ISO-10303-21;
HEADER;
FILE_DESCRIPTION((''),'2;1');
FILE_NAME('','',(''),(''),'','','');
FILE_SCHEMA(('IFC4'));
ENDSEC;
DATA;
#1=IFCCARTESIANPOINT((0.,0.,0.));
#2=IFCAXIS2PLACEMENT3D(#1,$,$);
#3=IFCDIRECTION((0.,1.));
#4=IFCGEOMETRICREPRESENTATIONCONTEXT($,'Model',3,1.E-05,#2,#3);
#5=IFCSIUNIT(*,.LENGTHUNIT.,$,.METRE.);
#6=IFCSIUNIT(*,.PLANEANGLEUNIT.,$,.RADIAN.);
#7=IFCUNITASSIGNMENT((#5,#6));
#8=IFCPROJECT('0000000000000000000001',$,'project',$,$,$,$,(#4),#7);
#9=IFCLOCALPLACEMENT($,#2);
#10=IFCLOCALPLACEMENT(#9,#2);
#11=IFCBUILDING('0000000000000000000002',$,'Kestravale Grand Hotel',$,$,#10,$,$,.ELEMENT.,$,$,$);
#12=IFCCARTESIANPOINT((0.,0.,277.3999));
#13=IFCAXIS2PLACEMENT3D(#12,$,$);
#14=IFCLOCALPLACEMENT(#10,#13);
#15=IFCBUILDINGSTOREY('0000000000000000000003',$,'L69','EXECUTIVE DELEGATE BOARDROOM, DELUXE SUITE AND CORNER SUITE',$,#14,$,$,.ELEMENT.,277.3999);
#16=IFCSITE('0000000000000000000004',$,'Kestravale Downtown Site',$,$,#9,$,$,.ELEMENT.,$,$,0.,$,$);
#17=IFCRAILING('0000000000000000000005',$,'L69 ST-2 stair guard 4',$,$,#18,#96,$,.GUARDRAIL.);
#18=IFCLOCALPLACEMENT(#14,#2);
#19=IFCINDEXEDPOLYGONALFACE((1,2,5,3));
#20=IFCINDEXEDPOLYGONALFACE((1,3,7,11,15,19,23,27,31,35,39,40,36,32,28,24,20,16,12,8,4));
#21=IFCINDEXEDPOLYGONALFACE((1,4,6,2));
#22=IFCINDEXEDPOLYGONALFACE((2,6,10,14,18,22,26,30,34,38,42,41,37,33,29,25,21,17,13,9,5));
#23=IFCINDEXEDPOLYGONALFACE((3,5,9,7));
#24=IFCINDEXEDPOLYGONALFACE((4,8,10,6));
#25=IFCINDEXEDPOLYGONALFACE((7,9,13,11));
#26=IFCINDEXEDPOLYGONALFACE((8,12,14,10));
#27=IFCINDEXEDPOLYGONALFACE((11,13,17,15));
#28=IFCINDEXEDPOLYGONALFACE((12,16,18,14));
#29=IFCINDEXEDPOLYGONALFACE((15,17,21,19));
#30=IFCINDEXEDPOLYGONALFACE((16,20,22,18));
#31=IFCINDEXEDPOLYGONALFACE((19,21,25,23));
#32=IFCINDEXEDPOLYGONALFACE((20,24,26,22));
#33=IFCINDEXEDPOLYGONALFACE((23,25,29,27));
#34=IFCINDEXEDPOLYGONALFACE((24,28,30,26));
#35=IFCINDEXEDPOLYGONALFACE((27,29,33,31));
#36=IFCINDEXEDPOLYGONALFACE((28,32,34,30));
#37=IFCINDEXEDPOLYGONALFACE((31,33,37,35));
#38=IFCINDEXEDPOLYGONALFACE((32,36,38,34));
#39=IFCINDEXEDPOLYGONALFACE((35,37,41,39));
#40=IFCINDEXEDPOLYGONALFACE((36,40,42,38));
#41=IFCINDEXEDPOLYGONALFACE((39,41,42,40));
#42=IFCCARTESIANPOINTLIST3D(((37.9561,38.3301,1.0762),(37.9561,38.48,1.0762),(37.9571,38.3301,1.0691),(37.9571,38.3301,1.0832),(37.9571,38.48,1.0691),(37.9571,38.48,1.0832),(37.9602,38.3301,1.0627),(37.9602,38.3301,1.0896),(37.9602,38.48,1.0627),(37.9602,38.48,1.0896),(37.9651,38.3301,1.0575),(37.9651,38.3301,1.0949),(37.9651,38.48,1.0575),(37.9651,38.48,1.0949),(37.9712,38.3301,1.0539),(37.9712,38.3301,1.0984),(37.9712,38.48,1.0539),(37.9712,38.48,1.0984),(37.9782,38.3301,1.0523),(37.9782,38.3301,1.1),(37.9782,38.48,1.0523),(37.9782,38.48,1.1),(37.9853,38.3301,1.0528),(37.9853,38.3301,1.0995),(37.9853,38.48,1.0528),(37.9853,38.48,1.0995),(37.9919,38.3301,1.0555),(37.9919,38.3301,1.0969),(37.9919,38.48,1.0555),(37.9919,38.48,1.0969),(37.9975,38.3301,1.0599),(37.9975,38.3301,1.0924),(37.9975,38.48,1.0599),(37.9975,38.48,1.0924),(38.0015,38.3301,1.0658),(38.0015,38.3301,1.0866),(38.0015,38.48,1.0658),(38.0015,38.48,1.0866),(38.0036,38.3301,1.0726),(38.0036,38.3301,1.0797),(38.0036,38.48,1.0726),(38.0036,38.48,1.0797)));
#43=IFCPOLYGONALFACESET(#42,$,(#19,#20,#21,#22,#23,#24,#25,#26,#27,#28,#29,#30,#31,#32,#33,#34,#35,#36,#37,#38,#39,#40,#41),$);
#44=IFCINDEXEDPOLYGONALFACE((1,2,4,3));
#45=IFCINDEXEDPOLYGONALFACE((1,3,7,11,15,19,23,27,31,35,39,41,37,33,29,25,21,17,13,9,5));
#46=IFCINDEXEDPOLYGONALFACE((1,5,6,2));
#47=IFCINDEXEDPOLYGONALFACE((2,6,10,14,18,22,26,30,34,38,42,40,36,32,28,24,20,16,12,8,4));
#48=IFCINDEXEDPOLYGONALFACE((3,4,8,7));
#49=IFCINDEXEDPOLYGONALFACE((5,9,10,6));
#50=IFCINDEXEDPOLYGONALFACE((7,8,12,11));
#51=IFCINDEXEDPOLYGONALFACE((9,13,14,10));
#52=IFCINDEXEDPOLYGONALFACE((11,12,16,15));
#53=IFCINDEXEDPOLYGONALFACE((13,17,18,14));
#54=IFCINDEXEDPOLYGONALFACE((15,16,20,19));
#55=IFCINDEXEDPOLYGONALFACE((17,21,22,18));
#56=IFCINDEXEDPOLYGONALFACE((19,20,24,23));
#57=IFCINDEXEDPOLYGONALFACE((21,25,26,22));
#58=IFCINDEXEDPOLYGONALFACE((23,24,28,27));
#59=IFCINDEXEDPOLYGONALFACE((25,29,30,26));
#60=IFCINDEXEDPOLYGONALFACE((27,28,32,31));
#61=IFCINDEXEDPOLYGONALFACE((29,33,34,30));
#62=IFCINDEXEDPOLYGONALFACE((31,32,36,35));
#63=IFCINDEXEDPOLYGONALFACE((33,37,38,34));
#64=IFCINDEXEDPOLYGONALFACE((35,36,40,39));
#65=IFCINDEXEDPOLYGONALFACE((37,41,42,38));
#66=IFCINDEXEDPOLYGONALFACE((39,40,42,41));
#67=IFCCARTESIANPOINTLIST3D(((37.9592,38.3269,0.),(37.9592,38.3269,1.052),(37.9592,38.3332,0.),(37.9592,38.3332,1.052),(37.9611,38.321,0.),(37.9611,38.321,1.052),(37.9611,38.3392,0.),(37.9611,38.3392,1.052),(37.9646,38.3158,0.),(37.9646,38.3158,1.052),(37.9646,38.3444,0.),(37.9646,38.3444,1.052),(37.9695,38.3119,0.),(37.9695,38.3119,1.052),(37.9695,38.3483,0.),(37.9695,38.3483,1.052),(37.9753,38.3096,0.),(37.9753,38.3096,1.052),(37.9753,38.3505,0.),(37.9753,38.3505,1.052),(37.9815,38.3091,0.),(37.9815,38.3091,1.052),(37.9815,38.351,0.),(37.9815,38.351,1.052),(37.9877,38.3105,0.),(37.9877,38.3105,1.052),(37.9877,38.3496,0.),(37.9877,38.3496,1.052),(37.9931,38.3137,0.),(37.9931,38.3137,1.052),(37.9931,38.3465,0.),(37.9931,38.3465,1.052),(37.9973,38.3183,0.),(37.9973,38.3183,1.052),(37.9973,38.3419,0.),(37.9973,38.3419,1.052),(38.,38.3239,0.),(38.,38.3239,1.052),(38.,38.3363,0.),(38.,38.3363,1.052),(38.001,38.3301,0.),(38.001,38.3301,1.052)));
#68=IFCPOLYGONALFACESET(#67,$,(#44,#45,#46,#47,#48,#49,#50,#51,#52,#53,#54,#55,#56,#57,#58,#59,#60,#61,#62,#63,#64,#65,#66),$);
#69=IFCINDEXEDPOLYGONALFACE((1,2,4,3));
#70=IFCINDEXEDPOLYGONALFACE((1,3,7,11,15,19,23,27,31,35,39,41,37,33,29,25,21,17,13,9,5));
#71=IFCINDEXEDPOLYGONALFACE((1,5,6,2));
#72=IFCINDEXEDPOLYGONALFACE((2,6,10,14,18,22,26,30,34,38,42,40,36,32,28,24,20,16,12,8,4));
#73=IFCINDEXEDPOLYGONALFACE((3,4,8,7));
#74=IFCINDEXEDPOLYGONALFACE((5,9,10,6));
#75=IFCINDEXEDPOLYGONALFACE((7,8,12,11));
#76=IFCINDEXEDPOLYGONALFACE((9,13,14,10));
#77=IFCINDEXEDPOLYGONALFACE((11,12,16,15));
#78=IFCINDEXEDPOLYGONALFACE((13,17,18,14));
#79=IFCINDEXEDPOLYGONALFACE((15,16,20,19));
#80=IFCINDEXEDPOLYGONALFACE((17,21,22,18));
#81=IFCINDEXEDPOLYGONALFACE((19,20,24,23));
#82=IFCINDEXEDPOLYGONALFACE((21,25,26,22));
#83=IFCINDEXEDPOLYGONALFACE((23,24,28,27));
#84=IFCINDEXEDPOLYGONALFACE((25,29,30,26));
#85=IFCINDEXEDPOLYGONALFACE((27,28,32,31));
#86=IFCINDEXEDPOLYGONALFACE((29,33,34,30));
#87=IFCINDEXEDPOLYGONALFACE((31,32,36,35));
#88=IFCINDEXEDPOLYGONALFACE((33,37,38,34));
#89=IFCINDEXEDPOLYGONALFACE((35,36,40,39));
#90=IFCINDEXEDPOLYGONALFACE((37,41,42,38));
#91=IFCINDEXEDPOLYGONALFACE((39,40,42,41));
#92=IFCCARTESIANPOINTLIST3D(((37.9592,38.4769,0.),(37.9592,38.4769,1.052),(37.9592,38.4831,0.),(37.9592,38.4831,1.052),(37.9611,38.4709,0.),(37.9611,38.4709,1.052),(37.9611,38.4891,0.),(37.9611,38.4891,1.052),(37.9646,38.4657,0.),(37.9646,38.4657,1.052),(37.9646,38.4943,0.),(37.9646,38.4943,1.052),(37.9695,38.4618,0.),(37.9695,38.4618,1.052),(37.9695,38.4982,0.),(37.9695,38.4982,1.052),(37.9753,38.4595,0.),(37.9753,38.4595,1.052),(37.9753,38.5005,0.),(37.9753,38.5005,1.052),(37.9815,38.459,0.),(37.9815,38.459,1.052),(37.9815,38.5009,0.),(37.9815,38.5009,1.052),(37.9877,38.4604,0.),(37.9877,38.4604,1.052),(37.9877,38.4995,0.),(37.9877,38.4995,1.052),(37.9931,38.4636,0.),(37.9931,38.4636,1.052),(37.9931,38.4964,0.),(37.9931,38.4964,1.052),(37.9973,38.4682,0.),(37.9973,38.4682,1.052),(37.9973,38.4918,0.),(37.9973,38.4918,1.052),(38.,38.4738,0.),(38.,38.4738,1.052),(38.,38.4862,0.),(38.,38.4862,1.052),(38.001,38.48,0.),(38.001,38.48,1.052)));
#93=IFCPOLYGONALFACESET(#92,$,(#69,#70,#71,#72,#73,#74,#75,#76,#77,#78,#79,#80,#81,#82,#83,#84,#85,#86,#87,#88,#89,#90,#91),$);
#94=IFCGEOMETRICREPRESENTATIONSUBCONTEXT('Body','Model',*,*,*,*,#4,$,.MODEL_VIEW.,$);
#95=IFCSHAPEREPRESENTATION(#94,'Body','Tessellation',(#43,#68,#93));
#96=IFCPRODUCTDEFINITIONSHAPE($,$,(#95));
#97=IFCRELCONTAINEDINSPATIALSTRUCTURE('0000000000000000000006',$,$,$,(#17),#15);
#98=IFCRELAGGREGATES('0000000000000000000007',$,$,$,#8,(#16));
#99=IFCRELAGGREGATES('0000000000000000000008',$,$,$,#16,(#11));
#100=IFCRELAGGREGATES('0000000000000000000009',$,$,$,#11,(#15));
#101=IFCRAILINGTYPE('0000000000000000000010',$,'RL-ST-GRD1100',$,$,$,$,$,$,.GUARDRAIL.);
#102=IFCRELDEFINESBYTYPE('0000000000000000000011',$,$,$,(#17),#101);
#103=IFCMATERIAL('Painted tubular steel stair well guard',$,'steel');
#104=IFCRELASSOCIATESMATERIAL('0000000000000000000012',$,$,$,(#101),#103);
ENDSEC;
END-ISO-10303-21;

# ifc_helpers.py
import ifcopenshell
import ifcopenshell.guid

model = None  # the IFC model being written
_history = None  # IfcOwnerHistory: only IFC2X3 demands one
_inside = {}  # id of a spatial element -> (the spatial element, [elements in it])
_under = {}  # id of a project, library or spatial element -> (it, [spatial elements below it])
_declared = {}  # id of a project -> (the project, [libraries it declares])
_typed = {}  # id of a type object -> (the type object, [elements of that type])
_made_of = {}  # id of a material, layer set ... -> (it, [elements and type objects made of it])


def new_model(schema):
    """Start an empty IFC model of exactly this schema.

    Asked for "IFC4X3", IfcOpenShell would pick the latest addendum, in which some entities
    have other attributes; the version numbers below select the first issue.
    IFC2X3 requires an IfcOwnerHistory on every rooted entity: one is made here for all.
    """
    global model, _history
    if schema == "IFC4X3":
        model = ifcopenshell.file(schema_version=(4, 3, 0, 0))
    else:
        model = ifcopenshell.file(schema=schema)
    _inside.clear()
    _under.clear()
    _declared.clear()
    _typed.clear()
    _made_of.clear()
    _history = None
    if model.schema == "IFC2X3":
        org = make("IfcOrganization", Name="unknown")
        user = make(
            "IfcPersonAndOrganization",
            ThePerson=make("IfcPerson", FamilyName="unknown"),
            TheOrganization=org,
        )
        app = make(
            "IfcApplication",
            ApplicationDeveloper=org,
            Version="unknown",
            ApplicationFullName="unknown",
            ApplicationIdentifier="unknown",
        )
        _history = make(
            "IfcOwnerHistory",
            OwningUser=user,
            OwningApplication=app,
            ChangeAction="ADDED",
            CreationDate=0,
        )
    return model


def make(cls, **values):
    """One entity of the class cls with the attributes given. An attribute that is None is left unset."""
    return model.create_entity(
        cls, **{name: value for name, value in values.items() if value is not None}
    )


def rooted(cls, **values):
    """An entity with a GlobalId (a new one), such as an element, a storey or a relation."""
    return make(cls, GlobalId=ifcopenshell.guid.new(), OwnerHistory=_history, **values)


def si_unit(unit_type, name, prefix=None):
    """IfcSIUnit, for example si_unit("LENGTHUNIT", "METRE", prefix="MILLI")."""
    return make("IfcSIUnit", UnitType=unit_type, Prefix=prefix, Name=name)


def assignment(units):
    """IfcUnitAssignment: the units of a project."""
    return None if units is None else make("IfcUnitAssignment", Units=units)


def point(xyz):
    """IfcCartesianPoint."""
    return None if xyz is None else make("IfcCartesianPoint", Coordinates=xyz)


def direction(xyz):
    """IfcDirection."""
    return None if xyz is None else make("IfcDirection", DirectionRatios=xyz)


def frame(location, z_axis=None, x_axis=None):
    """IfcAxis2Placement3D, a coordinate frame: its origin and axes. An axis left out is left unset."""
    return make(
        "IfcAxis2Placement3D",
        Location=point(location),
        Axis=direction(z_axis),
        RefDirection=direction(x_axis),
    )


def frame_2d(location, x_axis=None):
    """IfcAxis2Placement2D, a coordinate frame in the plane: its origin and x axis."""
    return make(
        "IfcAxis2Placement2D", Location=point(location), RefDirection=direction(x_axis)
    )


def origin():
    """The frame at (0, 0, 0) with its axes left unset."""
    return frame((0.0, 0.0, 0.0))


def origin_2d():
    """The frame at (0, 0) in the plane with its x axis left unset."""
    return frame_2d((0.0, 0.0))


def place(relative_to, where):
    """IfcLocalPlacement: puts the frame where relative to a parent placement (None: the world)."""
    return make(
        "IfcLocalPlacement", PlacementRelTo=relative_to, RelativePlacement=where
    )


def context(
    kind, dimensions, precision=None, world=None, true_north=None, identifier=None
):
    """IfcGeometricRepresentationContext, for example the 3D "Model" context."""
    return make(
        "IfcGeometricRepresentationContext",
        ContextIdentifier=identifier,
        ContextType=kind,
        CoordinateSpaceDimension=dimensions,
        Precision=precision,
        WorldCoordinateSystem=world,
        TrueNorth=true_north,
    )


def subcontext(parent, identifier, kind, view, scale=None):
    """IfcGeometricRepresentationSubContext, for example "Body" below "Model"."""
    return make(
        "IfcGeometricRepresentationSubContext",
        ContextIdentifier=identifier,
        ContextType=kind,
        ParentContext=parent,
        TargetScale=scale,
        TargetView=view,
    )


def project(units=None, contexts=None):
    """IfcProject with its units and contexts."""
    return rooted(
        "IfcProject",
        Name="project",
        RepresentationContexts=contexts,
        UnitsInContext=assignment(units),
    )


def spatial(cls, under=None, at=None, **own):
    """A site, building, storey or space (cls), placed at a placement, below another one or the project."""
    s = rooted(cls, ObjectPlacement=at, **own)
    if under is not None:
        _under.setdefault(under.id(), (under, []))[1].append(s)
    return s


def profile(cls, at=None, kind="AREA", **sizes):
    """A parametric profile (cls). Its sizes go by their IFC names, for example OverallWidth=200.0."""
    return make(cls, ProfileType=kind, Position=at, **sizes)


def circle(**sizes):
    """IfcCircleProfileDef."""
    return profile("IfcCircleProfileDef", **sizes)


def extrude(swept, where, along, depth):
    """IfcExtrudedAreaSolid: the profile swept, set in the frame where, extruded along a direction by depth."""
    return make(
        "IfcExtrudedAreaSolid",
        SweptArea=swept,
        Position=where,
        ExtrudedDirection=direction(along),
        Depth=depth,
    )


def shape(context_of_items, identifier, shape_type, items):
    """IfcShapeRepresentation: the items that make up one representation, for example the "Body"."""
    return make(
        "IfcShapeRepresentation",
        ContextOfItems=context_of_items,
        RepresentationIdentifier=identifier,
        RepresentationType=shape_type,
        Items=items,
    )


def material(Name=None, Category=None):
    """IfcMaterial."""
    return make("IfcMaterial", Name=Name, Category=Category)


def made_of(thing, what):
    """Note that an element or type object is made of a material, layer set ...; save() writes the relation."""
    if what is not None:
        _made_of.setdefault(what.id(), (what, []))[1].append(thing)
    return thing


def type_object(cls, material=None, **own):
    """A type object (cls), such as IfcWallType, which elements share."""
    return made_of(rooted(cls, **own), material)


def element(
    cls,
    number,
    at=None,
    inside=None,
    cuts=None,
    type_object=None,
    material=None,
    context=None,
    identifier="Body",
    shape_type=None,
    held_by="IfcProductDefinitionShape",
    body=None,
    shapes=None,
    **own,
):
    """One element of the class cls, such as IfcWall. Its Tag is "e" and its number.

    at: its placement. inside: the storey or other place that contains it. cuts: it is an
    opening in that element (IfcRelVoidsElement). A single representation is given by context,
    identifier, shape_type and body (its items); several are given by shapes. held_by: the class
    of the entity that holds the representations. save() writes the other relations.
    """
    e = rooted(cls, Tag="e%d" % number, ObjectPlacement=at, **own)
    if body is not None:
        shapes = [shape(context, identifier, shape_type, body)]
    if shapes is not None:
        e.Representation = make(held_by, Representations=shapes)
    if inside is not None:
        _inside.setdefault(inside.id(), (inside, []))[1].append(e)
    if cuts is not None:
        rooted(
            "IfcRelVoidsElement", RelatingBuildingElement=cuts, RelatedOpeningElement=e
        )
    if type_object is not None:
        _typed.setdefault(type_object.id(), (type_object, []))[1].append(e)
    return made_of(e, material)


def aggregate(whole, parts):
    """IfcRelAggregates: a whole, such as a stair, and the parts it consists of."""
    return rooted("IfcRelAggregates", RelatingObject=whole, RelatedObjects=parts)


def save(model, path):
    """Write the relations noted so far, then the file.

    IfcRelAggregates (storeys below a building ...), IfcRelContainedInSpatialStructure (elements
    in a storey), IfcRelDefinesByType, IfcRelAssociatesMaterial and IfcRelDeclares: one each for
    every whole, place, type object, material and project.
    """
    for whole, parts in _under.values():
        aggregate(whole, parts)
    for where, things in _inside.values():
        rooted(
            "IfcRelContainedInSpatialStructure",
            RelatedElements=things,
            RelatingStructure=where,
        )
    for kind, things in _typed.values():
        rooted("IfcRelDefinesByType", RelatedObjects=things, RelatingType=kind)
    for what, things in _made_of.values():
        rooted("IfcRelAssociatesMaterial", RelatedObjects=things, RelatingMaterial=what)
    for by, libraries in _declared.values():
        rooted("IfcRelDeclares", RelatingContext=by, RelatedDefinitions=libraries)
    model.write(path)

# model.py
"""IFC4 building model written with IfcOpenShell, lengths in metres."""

from ifc_helpers import new_model, si_unit, direction, frame, origin, origin_2d, place, context, subcontext, project, spatial, circle, extrude, material, type_object, element, save


model = new_model("IFC4")

# Units and contexts
model_context = context("Model", 3, precision=1e-05, world=origin(), true_north=direction((0.0, 1.0)))
body_context = subcontext(model_context, "Body", "Model", "MODEL_VIEW")
ifc_project = project(units=[si_unit("LENGTHUNIT", "METRE"), si_unit("PLANEANGLEUNIT", "RADIAN")], contexts=[model_context])

# Site, building, storey
site_placement = place(None, origin())
site = spatial("IfcSite", under=ifc_project, at=site_placement, Name="Kestravale Downtown Site", CompositionType="ELEMENT", RefElevation=0.0)
building_placement = place(site_placement, origin())
building = spatial("IfcBuilding", under=site, at=building_placement, Name="Kestravale Grand Hotel", CompositionType="ELEMENT")
storey_placement = place(building_placement, frame((0.0, 0.0, 277.3999)))
storey = spatial("IfcBuildingStorey", under=building, at=storey_placement, Name="L69", Description="EXECUTIVE DELEGATE BOARDROOM, DELUXE SUITE AND CORNER SUITE", CompositionType="ELEMENT", Elevation=277.3999)

# Railing
ifc_material_1 = material(Name="Painted tubular steel stair well guard", Category="steel")
railing_type_1 = type_object("IfcRailingType", Name="RL-ST-GRD1100", PredefinedType="GUARDRAIL", material=ifc_material_1)
railing_1_placement = place(storey_placement, frame((37.98, 38.3301, 0.0)))
element("IfcRailing", 1, at=railing_1_placement, inside=storey, type_object=railing_type_1, Name="L69 ST-2 stair guard 4", PredefinedType="GUARDRAIL", context=body_context, shape_type="SweptSolid", body=[
    extrude(circle(Radius=0.0239, at=origin_2d()), frame((0.0, 0.0, 1.0762), z_axis=(0.0, 1.0, 0.0), x_axis=(-1.0, 0.0, 0.0)), (0.0, 0.0, 1.0), 0.1499),
    extrude(circle(Radius=0.021, at=origin_2d()), origin(), (0.0, 0.0, 1.0), 1.052),
    extrude(circle(Radius=0.021, at=origin_2d()), frame((0.0, 0.1499, 0.0)), (0.0, 0.0, 1.0), 1.052),
])

save(model, "model.ifc")
